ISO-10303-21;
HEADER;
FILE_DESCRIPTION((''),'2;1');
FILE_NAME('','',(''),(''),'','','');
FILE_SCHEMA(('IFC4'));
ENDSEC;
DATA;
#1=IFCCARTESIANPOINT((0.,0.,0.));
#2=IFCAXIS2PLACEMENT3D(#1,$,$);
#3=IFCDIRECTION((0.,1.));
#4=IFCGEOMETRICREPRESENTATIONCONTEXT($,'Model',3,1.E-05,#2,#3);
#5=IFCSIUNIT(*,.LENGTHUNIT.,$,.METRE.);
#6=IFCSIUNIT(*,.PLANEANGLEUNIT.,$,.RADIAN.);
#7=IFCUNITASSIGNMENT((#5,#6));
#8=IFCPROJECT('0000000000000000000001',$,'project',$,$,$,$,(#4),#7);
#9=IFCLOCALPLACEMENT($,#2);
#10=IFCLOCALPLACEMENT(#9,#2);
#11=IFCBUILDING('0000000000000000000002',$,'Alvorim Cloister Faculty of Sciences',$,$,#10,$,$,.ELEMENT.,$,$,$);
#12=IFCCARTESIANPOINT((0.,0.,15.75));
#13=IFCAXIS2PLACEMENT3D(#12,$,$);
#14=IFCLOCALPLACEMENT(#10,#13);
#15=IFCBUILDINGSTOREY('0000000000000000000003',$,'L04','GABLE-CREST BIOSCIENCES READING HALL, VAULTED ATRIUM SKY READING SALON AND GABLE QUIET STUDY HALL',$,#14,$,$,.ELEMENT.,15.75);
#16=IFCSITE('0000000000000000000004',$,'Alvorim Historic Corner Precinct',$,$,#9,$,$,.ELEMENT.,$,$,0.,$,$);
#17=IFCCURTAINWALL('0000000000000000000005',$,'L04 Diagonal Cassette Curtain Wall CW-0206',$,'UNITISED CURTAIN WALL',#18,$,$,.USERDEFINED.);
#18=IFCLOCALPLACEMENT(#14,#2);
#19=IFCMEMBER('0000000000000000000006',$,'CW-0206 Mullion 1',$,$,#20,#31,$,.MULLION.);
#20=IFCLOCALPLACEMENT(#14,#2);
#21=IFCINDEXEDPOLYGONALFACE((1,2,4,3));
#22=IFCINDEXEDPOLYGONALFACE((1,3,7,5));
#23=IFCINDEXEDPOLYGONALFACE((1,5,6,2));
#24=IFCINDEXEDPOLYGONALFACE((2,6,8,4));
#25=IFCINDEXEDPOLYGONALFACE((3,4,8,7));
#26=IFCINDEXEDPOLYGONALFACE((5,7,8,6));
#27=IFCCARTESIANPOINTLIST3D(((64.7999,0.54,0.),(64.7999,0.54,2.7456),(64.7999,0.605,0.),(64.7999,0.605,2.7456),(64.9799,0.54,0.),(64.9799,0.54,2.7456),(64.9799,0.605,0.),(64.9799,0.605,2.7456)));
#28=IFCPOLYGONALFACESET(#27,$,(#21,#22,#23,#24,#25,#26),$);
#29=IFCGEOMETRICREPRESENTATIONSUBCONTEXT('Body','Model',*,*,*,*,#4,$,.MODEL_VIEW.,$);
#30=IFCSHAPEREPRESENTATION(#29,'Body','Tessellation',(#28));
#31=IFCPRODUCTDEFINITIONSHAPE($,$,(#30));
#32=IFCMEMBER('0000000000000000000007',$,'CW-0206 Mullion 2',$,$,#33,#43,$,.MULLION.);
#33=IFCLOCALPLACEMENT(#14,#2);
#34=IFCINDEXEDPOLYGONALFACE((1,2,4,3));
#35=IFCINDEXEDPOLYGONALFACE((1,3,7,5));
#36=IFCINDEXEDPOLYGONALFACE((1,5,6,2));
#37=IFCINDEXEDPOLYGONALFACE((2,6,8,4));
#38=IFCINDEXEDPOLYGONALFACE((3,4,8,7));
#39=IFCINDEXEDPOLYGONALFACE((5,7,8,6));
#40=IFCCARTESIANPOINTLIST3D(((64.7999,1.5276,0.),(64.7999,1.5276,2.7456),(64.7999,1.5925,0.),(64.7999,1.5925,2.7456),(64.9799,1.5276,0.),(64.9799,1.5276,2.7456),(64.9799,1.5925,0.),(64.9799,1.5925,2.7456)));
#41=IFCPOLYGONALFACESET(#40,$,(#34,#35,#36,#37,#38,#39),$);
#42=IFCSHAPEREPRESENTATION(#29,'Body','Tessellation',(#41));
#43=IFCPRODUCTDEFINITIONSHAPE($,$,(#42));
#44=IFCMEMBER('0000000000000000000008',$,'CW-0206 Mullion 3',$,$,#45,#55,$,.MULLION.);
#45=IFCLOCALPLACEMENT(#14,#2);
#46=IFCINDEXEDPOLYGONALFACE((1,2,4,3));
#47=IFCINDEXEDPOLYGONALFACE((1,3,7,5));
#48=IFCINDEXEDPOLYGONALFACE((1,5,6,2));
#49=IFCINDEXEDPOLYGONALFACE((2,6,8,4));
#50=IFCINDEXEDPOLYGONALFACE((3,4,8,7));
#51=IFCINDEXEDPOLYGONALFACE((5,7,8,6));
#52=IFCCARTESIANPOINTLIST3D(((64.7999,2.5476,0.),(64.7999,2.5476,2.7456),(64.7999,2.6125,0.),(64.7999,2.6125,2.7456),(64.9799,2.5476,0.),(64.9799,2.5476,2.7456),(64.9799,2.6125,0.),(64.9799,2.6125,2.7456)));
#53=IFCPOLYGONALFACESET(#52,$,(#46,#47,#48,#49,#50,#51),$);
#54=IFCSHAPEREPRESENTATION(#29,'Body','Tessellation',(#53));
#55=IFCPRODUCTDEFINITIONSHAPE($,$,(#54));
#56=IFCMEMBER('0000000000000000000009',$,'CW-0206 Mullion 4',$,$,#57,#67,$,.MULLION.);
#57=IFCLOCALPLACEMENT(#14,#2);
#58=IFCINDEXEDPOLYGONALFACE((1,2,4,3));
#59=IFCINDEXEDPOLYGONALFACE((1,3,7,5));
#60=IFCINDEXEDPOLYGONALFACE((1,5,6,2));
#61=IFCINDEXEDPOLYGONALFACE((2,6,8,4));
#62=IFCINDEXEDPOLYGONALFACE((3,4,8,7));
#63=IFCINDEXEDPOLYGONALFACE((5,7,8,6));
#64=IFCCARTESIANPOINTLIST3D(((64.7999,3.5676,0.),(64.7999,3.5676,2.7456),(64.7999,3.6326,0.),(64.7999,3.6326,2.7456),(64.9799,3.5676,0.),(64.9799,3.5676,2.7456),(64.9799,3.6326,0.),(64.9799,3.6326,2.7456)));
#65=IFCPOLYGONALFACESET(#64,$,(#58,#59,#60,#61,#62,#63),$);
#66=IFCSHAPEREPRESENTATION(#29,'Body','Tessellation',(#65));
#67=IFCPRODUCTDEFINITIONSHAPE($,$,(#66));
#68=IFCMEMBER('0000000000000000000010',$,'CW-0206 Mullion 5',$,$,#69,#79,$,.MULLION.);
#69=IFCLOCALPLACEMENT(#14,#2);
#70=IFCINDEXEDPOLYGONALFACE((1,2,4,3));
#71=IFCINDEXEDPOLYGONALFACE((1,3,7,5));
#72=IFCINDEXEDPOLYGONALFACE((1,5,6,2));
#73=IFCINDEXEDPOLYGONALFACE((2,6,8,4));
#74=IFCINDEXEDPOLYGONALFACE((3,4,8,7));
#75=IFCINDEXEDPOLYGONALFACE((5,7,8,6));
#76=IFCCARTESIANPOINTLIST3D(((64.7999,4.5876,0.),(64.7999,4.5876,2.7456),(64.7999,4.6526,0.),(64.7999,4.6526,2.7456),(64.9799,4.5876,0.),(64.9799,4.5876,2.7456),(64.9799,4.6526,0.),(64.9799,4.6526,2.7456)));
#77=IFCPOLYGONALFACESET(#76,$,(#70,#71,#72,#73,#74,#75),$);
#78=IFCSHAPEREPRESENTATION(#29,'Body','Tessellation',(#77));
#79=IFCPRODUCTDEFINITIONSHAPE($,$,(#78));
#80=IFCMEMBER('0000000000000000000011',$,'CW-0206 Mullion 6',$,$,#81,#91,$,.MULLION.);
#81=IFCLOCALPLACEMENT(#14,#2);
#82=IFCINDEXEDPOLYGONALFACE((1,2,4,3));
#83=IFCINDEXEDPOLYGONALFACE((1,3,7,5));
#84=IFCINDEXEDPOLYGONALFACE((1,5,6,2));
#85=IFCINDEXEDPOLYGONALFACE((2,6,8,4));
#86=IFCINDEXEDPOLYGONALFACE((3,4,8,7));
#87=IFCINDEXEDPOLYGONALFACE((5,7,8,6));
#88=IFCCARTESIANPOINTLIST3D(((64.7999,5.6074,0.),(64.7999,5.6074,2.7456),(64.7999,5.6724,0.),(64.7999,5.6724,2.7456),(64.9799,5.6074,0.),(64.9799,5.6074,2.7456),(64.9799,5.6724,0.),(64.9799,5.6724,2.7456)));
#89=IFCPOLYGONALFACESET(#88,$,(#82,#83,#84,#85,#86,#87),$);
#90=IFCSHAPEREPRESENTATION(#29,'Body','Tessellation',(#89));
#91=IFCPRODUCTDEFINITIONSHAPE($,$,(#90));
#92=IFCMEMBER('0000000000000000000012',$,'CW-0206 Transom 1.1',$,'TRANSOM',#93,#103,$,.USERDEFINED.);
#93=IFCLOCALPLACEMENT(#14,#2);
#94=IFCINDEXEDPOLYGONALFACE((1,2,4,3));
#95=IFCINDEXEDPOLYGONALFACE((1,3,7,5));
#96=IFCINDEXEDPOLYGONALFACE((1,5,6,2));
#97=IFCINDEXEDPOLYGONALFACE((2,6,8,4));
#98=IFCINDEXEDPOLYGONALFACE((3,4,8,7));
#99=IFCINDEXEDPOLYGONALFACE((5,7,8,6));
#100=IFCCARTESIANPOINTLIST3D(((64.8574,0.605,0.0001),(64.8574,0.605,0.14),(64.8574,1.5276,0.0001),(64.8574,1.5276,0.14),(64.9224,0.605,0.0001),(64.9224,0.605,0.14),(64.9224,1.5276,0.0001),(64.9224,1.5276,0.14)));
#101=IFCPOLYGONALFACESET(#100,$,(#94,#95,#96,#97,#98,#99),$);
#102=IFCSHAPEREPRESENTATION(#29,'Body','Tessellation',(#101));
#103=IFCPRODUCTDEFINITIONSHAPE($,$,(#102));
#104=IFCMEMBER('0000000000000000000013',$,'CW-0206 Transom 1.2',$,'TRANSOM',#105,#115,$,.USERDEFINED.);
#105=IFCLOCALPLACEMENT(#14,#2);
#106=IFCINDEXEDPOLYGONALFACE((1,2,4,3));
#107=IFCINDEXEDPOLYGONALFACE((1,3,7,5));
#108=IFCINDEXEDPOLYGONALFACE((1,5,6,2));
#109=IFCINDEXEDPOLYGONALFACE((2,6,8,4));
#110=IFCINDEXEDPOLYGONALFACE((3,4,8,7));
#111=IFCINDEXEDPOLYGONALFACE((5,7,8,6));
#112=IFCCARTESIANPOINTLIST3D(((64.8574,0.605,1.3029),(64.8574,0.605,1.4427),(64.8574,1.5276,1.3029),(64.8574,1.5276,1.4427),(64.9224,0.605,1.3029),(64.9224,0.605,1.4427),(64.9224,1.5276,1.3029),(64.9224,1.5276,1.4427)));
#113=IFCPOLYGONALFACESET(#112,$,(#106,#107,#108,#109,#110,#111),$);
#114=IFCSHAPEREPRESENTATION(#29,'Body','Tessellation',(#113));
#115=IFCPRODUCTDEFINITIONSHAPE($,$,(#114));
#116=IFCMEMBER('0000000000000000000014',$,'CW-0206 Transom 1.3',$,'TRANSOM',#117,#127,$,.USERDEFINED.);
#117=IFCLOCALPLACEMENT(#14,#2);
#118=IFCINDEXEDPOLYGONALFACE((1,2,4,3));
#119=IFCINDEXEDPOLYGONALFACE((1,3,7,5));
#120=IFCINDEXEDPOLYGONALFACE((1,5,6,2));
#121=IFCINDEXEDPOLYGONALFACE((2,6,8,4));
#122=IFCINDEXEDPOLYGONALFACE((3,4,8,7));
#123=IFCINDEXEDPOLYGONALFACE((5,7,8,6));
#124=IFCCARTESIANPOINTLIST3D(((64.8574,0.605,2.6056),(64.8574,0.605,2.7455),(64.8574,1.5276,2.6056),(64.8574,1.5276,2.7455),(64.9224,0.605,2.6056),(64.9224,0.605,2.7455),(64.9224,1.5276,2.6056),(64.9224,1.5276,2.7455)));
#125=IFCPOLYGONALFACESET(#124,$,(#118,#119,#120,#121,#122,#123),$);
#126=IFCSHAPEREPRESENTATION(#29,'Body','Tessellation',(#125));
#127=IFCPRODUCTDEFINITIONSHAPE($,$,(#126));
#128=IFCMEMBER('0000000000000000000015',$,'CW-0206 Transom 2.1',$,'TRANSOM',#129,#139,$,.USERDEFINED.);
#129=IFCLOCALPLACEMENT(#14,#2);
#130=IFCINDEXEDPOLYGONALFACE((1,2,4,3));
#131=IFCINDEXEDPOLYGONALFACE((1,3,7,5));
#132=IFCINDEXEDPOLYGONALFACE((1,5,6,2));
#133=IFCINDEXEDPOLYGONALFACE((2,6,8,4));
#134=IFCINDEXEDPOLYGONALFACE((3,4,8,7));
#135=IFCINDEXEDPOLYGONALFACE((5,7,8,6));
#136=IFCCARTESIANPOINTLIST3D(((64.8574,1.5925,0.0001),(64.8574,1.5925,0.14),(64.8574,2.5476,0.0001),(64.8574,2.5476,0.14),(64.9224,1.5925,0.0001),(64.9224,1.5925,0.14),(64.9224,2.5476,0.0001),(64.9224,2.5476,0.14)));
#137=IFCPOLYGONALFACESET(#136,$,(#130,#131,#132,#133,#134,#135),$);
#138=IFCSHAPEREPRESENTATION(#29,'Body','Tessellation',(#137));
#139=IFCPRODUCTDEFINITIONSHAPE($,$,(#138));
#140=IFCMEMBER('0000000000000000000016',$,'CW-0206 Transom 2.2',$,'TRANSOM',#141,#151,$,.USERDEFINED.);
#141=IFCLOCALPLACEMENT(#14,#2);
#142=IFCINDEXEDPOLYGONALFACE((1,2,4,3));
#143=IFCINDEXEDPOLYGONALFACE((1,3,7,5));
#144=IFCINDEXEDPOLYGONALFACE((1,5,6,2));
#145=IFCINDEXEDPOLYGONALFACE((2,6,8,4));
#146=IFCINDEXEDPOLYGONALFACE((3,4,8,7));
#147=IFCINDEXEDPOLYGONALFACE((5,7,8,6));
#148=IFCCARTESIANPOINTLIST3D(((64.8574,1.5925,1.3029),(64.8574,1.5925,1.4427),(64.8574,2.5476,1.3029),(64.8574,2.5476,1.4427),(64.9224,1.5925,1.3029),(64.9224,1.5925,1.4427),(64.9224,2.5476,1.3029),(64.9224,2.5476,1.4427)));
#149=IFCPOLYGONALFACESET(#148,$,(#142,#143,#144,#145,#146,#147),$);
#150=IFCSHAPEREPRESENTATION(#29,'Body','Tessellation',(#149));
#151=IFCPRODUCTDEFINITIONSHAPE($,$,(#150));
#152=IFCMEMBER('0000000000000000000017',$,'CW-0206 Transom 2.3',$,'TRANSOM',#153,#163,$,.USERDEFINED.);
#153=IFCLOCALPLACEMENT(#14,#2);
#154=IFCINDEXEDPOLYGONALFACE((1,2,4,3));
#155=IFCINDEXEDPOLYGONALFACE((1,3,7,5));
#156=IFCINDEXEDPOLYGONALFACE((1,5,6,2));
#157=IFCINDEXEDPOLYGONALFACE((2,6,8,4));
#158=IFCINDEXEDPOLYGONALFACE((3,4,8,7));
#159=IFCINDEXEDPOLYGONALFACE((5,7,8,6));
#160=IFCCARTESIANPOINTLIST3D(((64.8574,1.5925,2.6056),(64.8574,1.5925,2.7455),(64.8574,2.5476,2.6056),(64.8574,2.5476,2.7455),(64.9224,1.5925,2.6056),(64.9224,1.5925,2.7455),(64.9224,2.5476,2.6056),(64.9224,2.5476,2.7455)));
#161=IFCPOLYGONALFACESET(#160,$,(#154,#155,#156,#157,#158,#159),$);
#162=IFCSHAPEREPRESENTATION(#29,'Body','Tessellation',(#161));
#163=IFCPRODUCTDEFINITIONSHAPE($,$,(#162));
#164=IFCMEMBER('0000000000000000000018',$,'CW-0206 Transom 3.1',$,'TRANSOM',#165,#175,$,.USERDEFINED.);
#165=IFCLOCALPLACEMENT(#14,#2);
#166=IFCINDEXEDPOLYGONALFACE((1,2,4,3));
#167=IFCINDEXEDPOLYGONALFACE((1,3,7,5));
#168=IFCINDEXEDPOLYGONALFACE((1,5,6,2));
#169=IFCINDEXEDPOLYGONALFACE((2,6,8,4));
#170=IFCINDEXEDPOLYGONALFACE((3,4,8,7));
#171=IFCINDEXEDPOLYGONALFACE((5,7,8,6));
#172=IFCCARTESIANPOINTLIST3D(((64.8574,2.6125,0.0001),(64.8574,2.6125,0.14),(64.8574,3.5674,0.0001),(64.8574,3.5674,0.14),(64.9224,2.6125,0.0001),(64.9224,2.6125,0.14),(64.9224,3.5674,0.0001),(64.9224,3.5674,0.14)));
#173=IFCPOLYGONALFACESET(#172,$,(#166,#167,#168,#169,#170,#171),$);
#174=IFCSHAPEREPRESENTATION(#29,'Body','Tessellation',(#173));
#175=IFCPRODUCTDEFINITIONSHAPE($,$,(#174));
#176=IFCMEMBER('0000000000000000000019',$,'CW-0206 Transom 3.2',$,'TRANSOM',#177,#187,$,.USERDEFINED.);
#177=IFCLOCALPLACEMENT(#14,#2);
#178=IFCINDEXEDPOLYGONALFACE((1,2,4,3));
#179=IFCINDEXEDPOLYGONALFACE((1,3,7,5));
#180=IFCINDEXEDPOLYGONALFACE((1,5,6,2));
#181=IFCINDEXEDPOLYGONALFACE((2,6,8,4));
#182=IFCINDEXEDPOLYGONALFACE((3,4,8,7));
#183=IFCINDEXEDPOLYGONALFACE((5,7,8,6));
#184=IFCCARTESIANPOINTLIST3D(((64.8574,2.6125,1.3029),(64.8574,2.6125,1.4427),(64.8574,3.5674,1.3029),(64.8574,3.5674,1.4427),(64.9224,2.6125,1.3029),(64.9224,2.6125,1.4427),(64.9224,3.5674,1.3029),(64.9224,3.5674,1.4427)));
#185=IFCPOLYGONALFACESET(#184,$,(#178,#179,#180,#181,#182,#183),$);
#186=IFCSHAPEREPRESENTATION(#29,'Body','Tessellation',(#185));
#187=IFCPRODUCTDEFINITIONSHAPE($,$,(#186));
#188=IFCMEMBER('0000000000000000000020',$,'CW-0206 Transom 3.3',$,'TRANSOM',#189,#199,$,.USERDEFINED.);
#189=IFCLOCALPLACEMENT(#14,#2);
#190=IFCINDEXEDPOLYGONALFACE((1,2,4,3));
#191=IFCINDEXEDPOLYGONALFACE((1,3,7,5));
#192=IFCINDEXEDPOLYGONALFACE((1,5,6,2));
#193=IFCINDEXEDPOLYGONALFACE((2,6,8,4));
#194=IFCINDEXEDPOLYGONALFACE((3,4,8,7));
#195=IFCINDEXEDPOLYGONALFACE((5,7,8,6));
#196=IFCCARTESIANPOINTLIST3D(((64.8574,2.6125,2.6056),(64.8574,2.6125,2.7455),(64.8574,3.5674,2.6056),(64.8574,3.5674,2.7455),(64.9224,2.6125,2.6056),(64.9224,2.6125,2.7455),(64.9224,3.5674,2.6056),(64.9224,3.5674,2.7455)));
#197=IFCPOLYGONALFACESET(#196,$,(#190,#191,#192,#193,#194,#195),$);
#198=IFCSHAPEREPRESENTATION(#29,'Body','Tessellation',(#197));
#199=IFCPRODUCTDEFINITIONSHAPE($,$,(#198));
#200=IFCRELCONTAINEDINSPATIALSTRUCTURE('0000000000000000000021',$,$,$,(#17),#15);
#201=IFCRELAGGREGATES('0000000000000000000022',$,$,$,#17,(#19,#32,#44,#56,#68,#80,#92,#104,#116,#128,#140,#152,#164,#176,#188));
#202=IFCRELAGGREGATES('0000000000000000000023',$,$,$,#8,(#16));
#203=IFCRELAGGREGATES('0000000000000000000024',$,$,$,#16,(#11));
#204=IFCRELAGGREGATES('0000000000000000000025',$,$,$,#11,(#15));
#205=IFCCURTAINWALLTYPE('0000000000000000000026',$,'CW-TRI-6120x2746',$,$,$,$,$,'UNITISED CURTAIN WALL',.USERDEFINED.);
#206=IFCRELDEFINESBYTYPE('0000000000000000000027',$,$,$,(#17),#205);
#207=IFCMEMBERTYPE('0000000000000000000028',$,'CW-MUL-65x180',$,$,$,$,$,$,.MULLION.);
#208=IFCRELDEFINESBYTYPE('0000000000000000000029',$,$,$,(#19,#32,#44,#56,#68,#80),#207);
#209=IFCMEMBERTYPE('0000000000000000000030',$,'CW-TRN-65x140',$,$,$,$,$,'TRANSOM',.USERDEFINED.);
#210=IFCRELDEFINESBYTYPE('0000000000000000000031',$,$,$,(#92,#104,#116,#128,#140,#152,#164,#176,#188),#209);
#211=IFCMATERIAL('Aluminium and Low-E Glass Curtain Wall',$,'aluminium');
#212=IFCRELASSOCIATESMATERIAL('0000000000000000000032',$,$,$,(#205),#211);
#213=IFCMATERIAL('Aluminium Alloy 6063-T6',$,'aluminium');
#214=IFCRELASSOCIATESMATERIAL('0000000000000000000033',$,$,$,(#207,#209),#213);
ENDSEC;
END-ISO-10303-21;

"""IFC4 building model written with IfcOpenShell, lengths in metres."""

from ifc_helpers import new_model, si_unit, direction, frame, origin, origin_2d, place, context, subcontext, project, spatial, rectangle, extrude, material, material_profile, profile_set, type_object, element, aggregate, save


model = new_model("IFC4")

# Units and contexts
model_context = context("Model", 3, precision=1e-05, world=origin(), true_north=direction((0.0, 1.0)))
body_context = subcontext(model_context, "Body", "Model", "MODEL_VIEW")
ifc_project = project(units=[si_unit("LENGTHUNIT", "METRE"), si_unit("PLANEANGLEUNIT", "RADIAN")], contexts=[model_context])

# Site, building, storey
site_placement = place(None, origin())
site = spatial("IfcSite", under=ifc_project, at=site_placement, Name="Alvorim Historic Corner Precinct", CompositionType="ELEMENT", RefElevation=0.0)
building_placement = place(site_placement, origin())
building = spatial("IfcBuilding", under=site, at=building_placement, Name="Alvorim Cloister Faculty of Sciences", CompositionType="ELEMENT")
storey_placement = place(building_placement, frame((0.0, 0.0, 15.75)))
storey = spatial("IfcBuildingStorey", under=building, at=storey_placement, Name="L04", Description="GABLE-CREST BIOSCIENCES READING HALL, VAULTED ATRIUM SKY READING SALON AND GABLE QUIET STUDY HALL", CompositionType="ELEMENT", Elevation=15.75)

# Curtain wall, members
ifc_material_1 = material(Name="Aluminium and Low-E Glass Curtain Wall", Category="aluminium")
curtain_wall_type = type_object("IfcCurtainWallType", Name="CW-TRI-6120x2746", ElementType="UNITISED CURTAIN WALL", PredefinedType="USERDEFINED", material=ifc_material_1)
curtain_wall_placement = place(storey_placement, origin())
curtain_wall = element("IfcCurtainWall", 1, at=curtain_wall_placement, inside=storey, type_object=curtain_wall_type, Name="L04 Diagonal Cassette Curtain Wall CW-0206", ObjectType="UNITISED CURTAIN WALL", PredefinedType="USERDEFINED")
ifc_material_2 = material(Name="Aluminium Alloy 6063-T6", Category="aluminium")
ifc_material_profile_1 = material_profile(ifc_material_2, rectangle(XDim=0.0649, YDim=0.1799, at=origin_2d()), Name="ALU-MUL-65x180")
ifc_profile_set_1 = profile_set([ifc_material_profile_1], Name="Aluminium Alloy 6063-T6")
member_type_1 = type_object("IfcMemberType", Name="CW-MUL-65x180", PredefinedType="MULLION", material=ifc_profile_set_1)
member_1_placement = place(storey_placement, frame((64.8899, 0.5725, 0.0), z_axis=(0.0, 0.0, 1.0), x_axis=(0.0, 1.0, 0.0)))
member_1 = element("IfcMember", 2, at=member_1_placement, type_object=member_type_1, Name="CW-0206 Mullion 1", PredefinedType="MULLION", context=body_context, shape_type="SweptSolid", body=[
    extrude(rectangle(XDim=0.0649, YDim=0.1799, at=origin_2d()), origin(), (0.0, 0.0, 1.0), 2.7456),
])
member_2_placement = place(storey_placement, frame((64.8899, 1.5601, 0.0), z_axis=(0.0, 0.0, 1.0), x_axis=(0.0, 1.0, 0.0)))
member_2 = element("IfcMember", 3, at=member_2_placement, type_object=member_type_1, Name="CW-0206 Mullion 2", PredefinedType="MULLION", context=body_context, shape_type="SweptSolid", body=[
    extrude(rectangle(XDim=0.0649, YDim=0.1799, at=origin_2d()), origin(), (0.0, 0.0, 1.0), 2.7456),
])
member_3_placement = place(storey_placement, frame((64.8899, 2.5801, 0.0), z_axis=(0.0, 0.0, 1.0), x_axis=(0.0, 1.0, 0.0)))
member_3 = element("IfcMember", 4, at=member_3_placement, type_object=member_type_1, Name="CW-0206 Mullion 3", PredefinedType="MULLION", context=body_context, shape_type="SweptSolid", body=[
    extrude(rectangle(XDim=0.0649, YDim=0.1799, at=origin_2d()), origin(), (0.0, 0.0, 1.0), 2.7456),
])
member_4_placement = place(storey_placement, frame((64.8899, 3.6001, 0.0), z_axis=(0.0, 0.0, 1.0), x_axis=(0.0, 1.0, 0.0)))
member_4 = element("IfcMember", 5, at=member_4_placement, type_object=member_type_1, Name="CW-0206 Mullion 4", PredefinedType="MULLION", context=body_context, shape_type="SweptSolid", body=[
    extrude(rectangle(XDim=0.0649, YDim=0.1799, at=origin_2d()), origin(), (0.0, 0.0, 1.0), 2.7456),
])
member_5_placement = place(storey_placement, frame((64.8899, 4.6201, 0.0), z_axis=(0.0, 0.0, 1.0), x_axis=(0.0, 1.0, 0.0)))
member_5 = element("IfcMember", 6, at=member_5_placement, type_object=member_type_1, Name="CW-0206 Mullion 5", PredefinedType="MULLION", context=body_context, shape_type="SweptSolid", body=[
    extrude(rectangle(XDim=0.0649, YDim=0.1799, at=origin_2d()), origin(), (0.0, 0.0, 1.0), 2.7456),
])
member_6_placement = place(storey_placement, frame((64.8899, 5.6399, 0.0), z_axis=(0.0, 0.0, 1.0), x_axis=(0.0, 1.0, 0.0)))
member_6 = element("IfcMember", 7, at=member_6_placement, type_object=member_type_1, Name="CW-0206 Mullion 6", PredefinedType="MULLION", context=body_context, shape_type="SweptSolid", body=[
    extrude(rectangle(XDim=0.0649, YDim=0.1799, at=origin_2d()), origin(), (0.0, 0.0, 1.0), 2.7456),
])
ifc_material_profile_2 = material_profile(ifc_material_2, rectangle(XDim=0.0649, YDim=0.1399, at=origin_2d()), Name="ALU-TRN-65x140")
ifc_profile_set_2 = profile_set([ifc_material_profile_2], Name="Aluminium Alloy 6063-T6")
member_type_2 = type_object("IfcMemberType", Name="CW-TRN-65x140", ElementType="TRANSOM", PredefinedType="USERDEFINED", material=ifc_profile_set_2)
member_7_placement = place(storey_placement, frame((64.8899, 0.605, 0.0701), z_axis=(0.0, 1.0, 0.0), x_axis=(-1.0, 0.0, 0.0)))
member_7 = element("IfcMember", 8, at=member_7_placement, type_object=member_type_2, Name="CW-0206 Transom 1.1", ObjectType="TRANSOM", PredefinedType="USERDEFINED", context=body_context, shape_type="SweptSolid", body=[
    extrude(rectangle(XDim=0.0649, YDim=0.1399, at=origin_2d()), origin(), (0.0, 0.0, 1.0), 0.9226),
])
member_8_placement = place(storey_placement, frame((64.8899, 0.605, 1.3728), z_axis=(0.0, 1.0, 0.0), x_axis=(-1.0, 0.0, 0.0)))
member_8 = element("IfcMember", 9, at=member_8_placement, type_object=member_type_2, Name="CW-0206 Transom 1.2", ObjectType="TRANSOM", PredefinedType="USERDEFINED", context=body_context, shape_type="SweptSolid", body=[
    extrude(rectangle(XDim=0.0649, YDim=0.1399, at=origin_2d()), origin(), (0.0, 0.0, 1.0), 0.9226),
])
member_9_placement = place(storey_placement, frame((64.8899, 0.605, 2.6755), z_axis=(0.0, 1.0, 0.0), x_axis=(-1.0, 0.0, 0.0)))
member_9 = element("IfcMember", 10, at=member_9_placement, type_object=member_type_2, Name="CW-0206 Transom 1.3", ObjectType="TRANSOM", PredefinedType="USERDEFINED", context=body_context, shape_type="SweptSolid", body=[
    extrude(rectangle(XDim=0.0649, YDim=0.1399, at=origin_2d()), origin(), (0.0, 0.0, 1.0), 0.9226),
])
member_10_placement = place(storey_placement, frame((64.8899, 1.5925, 0.0701), z_axis=(0.0, 1.0, 0.0), x_axis=(-1.0, 0.0, 0.0)))
member_10 = element("IfcMember", 11, at=member_10_placement, type_object=member_type_2, Name="CW-0206 Transom 2.1", ObjectType="TRANSOM", PredefinedType="USERDEFINED", context=body_context, shape_type="SweptSolid", body=[
    extrude(rectangle(XDim=0.0649, YDim=0.1399, at=origin_2d()), origin(), (0.0, 0.0, 1.0), 0.9551),
])
member_11_placement = place(storey_placement, frame((64.8899, 1.5925, 1.3728), z_axis=(0.0, 1.0, 0.0), x_axis=(-1.0, 0.0, 0.0)))
member_11 = element("IfcMember", 12, at=member_11_placement, type_object=member_type_2, Name="CW-0206 Transom 2.2", ObjectType="TRANSOM", PredefinedType="USERDEFINED", context=body_context, shape_type="SweptSolid", body=[
    extrude(rectangle(XDim=0.0649, YDim=0.1399, at=origin_2d()), origin(), (0.0, 0.0, 1.0), 0.9551),
])
member_12_placement = place(storey_placement, frame((64.8899, 1.5925, 2.6755), z_axis=(0.0, 1.0, 0.0), x_axis=(-1.0, 0.0, 0.0)))
member_12 = element("IfcMember", 13, at=member_12_placement, type_object=member_type_2, Name="CW-0206 Transom 2.3", ObjectType="TRANSOM", PredefinedType="USERDEFINED", context=body_context, shape_type="SweptSolid", body=[
    extrude(rectangle(XDim=0.0649, YDim=0.1399, at=origin_2d()), origin(), (0.0, 0.0, 1.0), 0.9551),
])
member_13_placement = place(storey_placement, frame((64.8899, 2.6125, 0.0701), z_axis=(0.0, 1.0, 0.0), x_axis=(-1.0, 0.0, 0.0)))
member_13 = element("IfcMember", 14, at=member_13_placement, type_object=member_type_2, Name="CW-0206 Transom 3.1", ObjectType="TRANSOM", PredefinedType="USERDEFINED", context=body_context, shape_type="SweptSolid", body=[
    extrude(rectangle(XDim=0.0649, YDim=0.1399, at=origin_2d()), origin(), (0.0, 0.0, 1.0), 0.9548),
])
member_14_placement = place(storey_placement, frame((64.8899, 2.6125, 1.3728), z_axis=(0.0, 1.0, 0.0), x_axis=(-1.0, 0.0, 0.0)))
member_14 = element("IfcMember", 15, at=member_14_placement, type_object=member_type_2, Name="CW-0206 Transom 3.2", ObjectType="TRANSOM", PredefinedType="USERDEFINED", context=body_context, shape_type="SweptSolid", body=[
    extrude(rectangle(XDim=0.0649, YDim=0.1399, at=origin_2d()), origin(), (0.0, 0.0, 1.0), 0.9548),
])
member_15_placement = place(storey_placement, frame((64.8899, 2.6125, 2.6755), z_axis=(0.0, 1.0, 0.0), x_axis=(-1.0, 0.0, 0.0)))
member_15 = element("IfcMember", 16, at=member_15_placement, type_object=member_type_2, Name="CW-0206 Transom 3.3", ObjectType="TRANSOM", PredefinedType="USERDEFINED", context=body_context, shape_type="SweptSolid", body=[
    extrude(rectangle(XDim=0.0649, YDim=0.1399, at=origin_2d()), origin(), (0.0, 0.0, 1.0), 0.9548),
])
aggregate(curtain_wall, [member_1, member_2, member_3, member_4, member_5, member_6, member_7, member_8, member_9, member_10, member_11, member_12, member_13, member_14, member_15])

save(model, "model.ifc")
